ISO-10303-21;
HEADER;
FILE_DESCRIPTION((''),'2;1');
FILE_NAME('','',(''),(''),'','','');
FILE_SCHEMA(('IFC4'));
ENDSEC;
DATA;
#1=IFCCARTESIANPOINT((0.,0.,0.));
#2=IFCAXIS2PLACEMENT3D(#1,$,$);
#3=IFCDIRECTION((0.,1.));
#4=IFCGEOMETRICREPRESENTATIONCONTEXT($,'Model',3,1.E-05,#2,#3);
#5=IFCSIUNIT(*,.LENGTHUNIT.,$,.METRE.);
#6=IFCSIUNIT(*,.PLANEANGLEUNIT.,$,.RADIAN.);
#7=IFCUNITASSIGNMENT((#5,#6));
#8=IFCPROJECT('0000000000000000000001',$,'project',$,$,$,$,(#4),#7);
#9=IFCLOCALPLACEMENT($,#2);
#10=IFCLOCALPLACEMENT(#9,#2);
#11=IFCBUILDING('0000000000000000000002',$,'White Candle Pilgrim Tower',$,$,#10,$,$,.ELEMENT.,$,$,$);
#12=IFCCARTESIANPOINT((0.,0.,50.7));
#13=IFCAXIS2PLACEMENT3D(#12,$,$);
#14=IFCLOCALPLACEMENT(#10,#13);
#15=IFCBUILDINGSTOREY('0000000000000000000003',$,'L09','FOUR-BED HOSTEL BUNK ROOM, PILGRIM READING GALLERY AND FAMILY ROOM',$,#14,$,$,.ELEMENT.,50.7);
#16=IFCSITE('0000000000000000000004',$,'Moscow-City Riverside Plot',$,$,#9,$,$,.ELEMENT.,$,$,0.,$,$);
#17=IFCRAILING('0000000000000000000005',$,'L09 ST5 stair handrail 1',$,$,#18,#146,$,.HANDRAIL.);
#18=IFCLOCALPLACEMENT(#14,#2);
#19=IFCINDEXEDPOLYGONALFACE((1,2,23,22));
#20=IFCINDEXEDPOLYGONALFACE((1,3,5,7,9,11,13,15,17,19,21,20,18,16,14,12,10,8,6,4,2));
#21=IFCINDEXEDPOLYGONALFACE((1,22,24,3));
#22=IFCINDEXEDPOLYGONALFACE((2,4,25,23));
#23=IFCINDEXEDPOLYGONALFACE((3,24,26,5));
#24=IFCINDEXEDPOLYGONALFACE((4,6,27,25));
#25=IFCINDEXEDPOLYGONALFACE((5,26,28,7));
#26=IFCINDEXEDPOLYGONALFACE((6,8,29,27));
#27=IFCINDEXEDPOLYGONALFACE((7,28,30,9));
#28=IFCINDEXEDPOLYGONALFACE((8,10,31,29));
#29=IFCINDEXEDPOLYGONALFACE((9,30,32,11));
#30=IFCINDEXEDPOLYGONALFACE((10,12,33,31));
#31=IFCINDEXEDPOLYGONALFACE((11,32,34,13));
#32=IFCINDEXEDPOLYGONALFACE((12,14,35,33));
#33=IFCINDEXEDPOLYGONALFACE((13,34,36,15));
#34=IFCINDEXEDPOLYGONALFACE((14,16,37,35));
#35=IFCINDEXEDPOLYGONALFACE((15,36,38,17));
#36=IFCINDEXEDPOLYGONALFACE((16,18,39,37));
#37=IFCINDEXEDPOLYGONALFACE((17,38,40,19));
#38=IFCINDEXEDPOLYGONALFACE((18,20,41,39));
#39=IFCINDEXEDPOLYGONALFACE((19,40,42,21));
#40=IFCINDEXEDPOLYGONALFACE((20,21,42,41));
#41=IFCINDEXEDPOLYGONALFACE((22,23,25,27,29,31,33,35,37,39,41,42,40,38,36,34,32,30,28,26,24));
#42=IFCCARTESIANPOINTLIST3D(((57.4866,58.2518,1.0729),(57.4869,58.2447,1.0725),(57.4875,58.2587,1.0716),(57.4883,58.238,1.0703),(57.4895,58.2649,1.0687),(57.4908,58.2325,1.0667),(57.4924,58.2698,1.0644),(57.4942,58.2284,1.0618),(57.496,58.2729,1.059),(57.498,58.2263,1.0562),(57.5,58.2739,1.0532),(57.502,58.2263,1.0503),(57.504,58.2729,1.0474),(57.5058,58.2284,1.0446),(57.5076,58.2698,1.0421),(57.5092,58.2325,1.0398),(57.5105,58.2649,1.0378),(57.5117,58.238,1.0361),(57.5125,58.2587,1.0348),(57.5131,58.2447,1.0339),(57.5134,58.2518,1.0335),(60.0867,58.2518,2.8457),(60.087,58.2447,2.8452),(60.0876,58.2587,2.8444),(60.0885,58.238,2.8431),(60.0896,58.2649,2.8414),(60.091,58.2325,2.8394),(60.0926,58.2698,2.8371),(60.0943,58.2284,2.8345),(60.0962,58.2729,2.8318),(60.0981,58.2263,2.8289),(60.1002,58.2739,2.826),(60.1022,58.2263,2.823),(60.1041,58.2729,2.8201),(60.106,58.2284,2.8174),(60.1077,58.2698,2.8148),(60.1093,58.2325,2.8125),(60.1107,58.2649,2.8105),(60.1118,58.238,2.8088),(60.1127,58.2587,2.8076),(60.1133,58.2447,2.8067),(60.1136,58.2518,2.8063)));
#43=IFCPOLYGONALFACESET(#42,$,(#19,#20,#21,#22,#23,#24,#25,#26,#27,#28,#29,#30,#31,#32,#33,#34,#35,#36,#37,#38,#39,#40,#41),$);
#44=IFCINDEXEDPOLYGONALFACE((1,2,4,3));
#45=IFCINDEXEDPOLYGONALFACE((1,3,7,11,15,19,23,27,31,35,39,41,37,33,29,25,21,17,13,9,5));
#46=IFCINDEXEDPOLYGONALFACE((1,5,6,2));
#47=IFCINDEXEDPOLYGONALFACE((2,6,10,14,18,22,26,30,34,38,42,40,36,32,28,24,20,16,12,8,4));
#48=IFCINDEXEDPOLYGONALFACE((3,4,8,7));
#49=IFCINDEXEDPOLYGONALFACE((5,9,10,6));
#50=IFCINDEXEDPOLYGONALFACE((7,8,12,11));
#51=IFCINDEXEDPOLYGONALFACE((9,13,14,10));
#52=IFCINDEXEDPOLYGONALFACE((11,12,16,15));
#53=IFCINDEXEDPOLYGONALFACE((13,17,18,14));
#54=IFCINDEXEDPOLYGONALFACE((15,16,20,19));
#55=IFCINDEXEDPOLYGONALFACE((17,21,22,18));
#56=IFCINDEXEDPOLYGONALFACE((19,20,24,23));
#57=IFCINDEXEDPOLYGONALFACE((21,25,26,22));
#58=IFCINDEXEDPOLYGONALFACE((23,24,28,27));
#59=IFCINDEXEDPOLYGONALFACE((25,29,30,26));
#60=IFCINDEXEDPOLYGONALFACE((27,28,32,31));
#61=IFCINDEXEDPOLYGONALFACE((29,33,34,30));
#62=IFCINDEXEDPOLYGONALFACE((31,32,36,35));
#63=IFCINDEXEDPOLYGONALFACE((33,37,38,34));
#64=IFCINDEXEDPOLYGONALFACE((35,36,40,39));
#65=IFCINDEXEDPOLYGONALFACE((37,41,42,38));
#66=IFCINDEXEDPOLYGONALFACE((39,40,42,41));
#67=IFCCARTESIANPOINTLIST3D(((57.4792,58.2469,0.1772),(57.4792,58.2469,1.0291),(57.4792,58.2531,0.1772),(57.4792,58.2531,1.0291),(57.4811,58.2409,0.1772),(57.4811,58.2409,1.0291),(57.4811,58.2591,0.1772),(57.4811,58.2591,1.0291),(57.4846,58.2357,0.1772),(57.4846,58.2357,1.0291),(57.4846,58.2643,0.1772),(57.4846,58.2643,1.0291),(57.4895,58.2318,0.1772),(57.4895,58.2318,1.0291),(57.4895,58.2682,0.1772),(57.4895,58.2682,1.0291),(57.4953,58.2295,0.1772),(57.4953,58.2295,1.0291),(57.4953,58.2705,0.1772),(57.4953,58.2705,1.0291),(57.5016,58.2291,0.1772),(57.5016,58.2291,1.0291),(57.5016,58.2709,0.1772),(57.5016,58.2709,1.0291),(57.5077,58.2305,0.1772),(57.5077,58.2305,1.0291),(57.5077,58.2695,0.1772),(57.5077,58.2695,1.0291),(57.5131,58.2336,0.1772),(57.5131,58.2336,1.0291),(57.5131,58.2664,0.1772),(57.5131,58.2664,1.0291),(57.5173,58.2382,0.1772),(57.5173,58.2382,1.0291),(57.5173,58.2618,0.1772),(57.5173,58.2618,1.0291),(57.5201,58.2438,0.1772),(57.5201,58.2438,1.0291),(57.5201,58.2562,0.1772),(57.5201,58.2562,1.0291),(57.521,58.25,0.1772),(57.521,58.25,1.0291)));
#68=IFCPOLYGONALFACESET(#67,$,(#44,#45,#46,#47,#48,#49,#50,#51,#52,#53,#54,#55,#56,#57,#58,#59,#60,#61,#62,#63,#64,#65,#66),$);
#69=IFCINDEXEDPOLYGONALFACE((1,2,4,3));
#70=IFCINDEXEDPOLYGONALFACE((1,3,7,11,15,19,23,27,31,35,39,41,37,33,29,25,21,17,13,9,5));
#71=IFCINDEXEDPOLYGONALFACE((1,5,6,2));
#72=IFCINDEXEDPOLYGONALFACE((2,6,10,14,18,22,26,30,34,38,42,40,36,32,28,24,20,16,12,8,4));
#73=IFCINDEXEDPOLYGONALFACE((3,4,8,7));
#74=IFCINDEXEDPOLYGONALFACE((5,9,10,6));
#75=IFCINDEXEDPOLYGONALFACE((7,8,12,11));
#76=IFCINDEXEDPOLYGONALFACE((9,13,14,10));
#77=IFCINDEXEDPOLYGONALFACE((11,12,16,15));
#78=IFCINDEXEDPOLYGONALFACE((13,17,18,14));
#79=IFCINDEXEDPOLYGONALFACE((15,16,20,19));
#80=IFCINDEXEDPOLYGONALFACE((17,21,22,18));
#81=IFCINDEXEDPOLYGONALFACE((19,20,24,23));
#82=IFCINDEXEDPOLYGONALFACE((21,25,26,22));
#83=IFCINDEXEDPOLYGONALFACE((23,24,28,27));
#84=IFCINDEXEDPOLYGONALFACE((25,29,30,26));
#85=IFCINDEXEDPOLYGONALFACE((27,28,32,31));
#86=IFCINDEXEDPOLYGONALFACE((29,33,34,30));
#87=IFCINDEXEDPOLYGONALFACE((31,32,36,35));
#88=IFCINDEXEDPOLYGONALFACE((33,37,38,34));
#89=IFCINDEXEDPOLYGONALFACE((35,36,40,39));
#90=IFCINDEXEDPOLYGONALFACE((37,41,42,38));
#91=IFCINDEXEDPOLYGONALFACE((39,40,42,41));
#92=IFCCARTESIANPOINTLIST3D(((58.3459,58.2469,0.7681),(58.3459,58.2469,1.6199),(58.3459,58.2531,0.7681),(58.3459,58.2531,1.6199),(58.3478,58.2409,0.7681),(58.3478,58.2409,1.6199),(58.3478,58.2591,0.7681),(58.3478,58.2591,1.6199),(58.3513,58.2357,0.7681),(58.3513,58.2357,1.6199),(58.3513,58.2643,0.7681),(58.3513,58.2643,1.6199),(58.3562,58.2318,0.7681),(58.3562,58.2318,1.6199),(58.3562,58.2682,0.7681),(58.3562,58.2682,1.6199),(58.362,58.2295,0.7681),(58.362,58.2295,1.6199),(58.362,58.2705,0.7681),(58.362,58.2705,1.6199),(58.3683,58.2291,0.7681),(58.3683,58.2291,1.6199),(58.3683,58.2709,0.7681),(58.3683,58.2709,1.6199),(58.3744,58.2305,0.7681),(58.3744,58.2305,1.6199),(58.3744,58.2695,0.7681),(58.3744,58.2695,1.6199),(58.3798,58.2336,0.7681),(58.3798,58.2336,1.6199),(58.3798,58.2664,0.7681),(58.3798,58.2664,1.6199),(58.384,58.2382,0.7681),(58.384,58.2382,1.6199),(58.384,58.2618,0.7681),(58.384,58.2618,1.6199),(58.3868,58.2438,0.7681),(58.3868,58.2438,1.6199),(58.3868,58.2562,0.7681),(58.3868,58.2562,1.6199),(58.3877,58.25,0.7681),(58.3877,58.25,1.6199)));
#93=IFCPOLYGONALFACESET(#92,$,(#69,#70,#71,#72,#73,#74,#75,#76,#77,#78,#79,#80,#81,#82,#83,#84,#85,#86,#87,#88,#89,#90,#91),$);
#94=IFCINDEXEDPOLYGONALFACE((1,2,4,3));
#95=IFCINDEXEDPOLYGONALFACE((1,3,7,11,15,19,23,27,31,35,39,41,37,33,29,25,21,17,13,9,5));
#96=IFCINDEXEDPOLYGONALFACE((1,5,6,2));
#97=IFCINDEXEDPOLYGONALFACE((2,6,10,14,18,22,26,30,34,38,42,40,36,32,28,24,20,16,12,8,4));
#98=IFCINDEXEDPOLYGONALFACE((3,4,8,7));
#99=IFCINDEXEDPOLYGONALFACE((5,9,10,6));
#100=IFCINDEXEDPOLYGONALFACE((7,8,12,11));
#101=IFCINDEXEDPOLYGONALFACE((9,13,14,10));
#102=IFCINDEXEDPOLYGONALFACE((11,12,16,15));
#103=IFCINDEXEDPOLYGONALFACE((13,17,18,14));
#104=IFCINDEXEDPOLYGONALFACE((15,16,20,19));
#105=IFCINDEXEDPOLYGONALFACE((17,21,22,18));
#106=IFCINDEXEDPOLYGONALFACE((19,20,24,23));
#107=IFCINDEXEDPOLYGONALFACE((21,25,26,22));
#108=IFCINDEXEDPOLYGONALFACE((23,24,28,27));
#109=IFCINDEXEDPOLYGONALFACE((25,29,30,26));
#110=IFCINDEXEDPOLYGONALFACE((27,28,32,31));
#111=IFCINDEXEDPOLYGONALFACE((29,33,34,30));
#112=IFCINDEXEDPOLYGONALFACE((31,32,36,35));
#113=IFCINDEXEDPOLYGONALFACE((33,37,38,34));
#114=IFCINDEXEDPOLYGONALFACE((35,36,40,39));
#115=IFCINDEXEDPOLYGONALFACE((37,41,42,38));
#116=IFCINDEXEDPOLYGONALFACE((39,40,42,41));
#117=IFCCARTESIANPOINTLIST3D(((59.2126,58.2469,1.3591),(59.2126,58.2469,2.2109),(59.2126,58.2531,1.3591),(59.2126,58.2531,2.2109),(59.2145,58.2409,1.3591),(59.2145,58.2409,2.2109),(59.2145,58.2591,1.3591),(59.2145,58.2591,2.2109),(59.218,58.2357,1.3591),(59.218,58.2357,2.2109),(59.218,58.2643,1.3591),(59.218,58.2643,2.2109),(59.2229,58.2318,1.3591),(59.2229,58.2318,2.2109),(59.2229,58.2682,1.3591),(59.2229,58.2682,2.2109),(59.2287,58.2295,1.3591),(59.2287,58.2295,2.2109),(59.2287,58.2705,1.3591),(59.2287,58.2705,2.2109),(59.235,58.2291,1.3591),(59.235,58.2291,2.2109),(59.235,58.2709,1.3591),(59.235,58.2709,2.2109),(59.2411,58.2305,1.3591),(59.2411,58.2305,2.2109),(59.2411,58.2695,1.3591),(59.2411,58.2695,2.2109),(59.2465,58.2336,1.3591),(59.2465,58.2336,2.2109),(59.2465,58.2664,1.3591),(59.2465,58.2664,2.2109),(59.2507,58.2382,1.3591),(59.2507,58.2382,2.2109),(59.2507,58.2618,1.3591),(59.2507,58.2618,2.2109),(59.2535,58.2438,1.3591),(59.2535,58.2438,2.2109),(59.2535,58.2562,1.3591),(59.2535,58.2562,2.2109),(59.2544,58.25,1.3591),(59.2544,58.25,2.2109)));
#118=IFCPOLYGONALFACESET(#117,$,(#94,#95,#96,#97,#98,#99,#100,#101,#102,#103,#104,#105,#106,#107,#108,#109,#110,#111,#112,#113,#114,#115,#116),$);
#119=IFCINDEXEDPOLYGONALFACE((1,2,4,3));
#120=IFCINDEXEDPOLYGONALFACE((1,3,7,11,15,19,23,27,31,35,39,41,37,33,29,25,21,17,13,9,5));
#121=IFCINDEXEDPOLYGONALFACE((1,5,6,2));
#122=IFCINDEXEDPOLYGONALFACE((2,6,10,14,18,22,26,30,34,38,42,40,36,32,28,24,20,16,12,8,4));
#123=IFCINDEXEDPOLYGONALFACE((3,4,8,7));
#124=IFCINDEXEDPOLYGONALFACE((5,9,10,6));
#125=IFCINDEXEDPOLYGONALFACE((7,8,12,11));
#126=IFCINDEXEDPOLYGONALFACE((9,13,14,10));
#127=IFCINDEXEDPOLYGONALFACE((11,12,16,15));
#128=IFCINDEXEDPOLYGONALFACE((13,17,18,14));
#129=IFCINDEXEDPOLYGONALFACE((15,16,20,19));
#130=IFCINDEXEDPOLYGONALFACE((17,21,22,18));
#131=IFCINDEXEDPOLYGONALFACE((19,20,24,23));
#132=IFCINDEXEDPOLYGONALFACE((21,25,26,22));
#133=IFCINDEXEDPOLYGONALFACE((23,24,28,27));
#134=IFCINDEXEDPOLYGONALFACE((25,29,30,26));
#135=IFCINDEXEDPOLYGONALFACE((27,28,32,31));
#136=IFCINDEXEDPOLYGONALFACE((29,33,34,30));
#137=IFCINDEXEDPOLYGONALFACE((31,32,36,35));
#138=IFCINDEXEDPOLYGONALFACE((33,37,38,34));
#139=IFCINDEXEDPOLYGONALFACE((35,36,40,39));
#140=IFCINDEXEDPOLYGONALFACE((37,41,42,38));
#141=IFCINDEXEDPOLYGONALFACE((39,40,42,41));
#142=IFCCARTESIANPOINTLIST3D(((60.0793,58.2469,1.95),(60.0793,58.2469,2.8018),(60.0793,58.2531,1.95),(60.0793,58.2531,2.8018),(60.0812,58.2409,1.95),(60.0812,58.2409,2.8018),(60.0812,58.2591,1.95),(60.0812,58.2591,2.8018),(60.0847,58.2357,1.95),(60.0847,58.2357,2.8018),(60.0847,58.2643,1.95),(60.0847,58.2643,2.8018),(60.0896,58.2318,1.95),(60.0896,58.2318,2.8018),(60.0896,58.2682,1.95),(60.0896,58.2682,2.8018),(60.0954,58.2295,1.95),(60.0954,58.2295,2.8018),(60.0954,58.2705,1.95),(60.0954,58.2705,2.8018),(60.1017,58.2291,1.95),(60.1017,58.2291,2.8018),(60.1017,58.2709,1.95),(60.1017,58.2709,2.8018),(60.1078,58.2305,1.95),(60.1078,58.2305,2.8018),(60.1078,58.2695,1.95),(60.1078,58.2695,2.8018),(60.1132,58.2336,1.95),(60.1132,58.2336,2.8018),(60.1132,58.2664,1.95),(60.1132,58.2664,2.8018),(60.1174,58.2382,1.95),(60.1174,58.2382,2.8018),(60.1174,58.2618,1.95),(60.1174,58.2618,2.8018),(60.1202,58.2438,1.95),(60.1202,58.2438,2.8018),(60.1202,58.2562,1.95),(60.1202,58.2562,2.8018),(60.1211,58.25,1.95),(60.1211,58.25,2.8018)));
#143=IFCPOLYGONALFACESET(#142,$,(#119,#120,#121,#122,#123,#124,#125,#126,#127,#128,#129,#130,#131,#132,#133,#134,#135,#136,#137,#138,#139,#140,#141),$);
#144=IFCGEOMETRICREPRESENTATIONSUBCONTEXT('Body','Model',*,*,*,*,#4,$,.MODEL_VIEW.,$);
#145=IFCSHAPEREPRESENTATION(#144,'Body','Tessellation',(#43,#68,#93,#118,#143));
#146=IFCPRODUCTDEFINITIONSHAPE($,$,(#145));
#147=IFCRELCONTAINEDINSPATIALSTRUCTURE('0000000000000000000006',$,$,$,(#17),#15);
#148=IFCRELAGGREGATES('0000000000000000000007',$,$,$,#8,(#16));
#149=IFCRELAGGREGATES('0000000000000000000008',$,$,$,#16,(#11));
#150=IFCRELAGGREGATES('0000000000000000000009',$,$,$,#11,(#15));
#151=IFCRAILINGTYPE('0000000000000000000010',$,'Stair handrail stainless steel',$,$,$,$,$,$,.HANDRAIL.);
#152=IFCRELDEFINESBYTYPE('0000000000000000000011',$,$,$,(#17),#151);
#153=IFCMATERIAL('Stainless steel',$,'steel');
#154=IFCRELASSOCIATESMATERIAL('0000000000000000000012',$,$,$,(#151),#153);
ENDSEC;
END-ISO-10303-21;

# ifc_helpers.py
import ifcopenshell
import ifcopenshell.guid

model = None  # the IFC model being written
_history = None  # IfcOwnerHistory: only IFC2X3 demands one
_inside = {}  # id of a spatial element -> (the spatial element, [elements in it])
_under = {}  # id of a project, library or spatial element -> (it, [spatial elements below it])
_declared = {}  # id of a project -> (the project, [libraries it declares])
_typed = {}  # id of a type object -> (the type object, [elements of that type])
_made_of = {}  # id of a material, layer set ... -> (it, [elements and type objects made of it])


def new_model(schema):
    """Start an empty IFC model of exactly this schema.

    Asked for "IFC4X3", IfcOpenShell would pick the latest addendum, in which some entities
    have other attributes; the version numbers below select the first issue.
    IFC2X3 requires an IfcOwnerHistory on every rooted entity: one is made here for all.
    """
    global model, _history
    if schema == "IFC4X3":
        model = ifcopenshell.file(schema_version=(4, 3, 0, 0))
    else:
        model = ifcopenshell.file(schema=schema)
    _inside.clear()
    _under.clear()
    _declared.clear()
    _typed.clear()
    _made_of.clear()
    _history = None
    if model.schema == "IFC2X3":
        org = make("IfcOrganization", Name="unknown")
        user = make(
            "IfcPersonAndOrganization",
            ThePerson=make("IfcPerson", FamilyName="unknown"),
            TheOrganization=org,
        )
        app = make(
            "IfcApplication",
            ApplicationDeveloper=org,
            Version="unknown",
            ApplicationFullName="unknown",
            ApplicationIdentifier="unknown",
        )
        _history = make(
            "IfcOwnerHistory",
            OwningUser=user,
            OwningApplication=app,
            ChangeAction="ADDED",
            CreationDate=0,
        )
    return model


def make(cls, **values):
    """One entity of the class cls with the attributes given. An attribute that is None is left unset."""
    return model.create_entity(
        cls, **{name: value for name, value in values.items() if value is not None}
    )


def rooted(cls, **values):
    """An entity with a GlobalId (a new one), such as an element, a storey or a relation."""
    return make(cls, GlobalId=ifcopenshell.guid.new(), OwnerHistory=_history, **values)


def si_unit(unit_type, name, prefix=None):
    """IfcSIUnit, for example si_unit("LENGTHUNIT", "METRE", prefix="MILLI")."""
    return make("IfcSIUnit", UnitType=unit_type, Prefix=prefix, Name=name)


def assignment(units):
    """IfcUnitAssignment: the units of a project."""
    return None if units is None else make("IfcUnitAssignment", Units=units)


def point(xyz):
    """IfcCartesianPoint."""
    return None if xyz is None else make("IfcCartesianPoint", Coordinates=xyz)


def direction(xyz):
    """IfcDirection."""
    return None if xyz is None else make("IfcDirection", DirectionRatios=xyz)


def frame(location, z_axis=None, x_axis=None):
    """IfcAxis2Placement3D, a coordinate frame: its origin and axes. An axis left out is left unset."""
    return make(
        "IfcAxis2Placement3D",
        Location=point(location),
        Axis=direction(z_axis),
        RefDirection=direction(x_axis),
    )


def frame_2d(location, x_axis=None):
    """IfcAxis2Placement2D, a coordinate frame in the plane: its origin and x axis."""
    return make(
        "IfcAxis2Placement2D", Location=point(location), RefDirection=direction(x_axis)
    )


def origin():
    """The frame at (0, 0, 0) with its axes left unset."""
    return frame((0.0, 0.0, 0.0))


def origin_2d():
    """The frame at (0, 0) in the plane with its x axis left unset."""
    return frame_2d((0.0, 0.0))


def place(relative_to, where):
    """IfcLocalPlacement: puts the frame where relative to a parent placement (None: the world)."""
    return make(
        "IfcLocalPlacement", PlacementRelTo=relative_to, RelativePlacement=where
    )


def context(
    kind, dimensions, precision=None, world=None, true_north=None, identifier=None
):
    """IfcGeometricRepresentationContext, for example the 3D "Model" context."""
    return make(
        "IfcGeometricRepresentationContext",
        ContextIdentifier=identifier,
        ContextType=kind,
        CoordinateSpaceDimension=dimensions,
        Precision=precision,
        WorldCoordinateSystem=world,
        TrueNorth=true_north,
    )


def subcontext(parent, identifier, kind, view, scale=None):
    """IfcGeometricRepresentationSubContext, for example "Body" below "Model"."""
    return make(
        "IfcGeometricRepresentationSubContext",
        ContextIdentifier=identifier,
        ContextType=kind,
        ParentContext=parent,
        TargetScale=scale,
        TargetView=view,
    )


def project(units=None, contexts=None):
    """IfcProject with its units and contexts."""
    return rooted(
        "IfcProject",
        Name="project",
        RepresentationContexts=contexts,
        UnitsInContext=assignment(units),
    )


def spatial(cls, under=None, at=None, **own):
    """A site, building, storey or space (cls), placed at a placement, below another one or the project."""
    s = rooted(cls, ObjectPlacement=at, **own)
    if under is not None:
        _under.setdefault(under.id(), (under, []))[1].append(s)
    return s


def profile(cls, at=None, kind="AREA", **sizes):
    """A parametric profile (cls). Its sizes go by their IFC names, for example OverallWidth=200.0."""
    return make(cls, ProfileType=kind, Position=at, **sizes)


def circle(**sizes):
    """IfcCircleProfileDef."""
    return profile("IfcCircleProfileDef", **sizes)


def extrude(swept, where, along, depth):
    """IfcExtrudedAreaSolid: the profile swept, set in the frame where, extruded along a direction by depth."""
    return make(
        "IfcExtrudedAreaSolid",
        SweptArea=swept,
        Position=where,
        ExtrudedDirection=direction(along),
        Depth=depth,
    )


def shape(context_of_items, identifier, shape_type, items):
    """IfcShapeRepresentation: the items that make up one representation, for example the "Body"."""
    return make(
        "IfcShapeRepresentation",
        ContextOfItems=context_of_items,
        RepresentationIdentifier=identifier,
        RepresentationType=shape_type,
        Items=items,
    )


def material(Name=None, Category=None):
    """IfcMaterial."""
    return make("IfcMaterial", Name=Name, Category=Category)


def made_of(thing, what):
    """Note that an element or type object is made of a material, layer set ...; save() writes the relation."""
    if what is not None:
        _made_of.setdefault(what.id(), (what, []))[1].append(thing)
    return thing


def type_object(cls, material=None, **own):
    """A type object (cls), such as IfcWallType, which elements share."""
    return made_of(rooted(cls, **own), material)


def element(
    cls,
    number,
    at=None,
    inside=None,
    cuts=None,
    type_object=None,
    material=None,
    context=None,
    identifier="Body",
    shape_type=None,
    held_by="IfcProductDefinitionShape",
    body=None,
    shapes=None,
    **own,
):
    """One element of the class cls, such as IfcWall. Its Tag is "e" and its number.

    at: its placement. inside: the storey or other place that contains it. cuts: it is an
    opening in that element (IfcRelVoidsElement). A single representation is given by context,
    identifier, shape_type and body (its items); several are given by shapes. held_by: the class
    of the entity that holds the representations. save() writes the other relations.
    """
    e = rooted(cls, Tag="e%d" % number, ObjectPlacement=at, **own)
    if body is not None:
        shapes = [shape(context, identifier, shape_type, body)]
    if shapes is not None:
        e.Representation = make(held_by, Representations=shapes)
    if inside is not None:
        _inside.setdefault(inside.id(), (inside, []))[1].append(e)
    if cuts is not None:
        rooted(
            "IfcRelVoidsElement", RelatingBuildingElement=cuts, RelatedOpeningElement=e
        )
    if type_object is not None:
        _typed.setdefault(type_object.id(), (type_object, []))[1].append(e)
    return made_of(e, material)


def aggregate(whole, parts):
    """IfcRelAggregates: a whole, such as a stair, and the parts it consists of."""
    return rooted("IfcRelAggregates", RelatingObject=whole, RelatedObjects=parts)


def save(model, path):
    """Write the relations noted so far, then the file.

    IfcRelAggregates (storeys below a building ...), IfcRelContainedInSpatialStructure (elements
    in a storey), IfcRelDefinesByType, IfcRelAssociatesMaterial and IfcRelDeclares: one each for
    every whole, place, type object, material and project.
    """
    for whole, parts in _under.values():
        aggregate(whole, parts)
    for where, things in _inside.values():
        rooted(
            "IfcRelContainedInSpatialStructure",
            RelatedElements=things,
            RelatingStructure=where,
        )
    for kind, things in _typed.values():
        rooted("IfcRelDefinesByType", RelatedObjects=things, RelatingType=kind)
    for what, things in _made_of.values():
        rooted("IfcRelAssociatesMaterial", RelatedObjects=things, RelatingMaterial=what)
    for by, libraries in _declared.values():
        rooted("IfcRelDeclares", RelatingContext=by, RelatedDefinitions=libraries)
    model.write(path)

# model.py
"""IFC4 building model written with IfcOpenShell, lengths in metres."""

from ifc_helpers import new_model, si_unit, direction, frame, origin, origin_2d, place, context, subcontext, project, spatial, circle, extrude, material, type_object, element, save


model = new_model("IFC4")

# Units and contexts
model_context = context("Model", 3, precision=1e-05, world=origin(), true_north=direction((0.0, 1.0)))
body_context = subcontext(model_context, "Body", "Model", "MODEL_VIEW")
ifc_project = project(units=[si_unit("LENGTHUNIT", "METRE"), si_unit("PLANEANGLEUNIT", "RADIAN")], contexts=[model_context])

# Site, building, storey
site_placement = place(None, origin())
site = spatial("IfcSite", under=ifc_project, at=site_placement, Name="Moscow-City Riverside Plot", CompositionType="ELEMENT", RefElevation=0.0)
building_placement = place(site_placement, origin())
building = spatial("IfcBuilding", under=site, at=building_placement, Name="White Candle Pilgrim Tower", CompositionType="ELEMENT")
storey_placement = place(building_placement, frame((0.0, 0.0, 50.7)))
storey = spatial("IfcBuildingStorey", under=building, at=storey_placement, Name="L09", Description="FOUR-BED HOSTEL BUNK ROOM, PILGRIM READING GALLERY AND FAMILY ROOM", CompositionType="ELEMENT", Elevation=50.7)

# Railing
ifc_material_1 = material(Name="Stainless steel", Category="steel")
railing_type_1 = type_object("IfcRailingType", Name="Stair handrail stainless steel", PredefinedType="HANDRAIL", material=ifc_material_1)
railing_1_placement = place(storey_placement, frame((57.5, 58.25, 0.1772)))
element("IfcRailing", 1, at=railing_1_placement, inside=storey, type_object=railing_type_1, Name="L09 ST5 stair handrail 1", PredefinedType="HANDRAIL", context=body_context, shape_type="SweptSolid", body=[
    extrude(circle(Radius=0.0239, at=origin_2d()), frame((0.0, 0.0, 0.876), z_axis=(0.82624, 0.0, 0.563318), x_axis=(0.0, 1.0, 0.0)), (0.0, 0.0, 1.0), 3.147),
    extrude(circle(Radius=0.021, at=origin_2d()), origin(), (0.0, 0.0, 1.0), 0.8518),
    extrude(circle(Radius=0.021, at=origin_2d()), frame((0.8667, 0.0, 0.5908)), (0.0, 0.0, 1.0), 0.8518),
    extrude(circle(Radius=0.021, at=origin_2d()), frame((1.7334, 0.0, 1.1819)), (0.0, 0.0, 1.0), 0.8518),
    extrude(circle(Radius=0.021, at=origin_2d()), frame((2.6001, 0.0, 1.7727)), (0.0, 0.0, 1.0), 0.8518),
])

save(model, "model.ifc")
